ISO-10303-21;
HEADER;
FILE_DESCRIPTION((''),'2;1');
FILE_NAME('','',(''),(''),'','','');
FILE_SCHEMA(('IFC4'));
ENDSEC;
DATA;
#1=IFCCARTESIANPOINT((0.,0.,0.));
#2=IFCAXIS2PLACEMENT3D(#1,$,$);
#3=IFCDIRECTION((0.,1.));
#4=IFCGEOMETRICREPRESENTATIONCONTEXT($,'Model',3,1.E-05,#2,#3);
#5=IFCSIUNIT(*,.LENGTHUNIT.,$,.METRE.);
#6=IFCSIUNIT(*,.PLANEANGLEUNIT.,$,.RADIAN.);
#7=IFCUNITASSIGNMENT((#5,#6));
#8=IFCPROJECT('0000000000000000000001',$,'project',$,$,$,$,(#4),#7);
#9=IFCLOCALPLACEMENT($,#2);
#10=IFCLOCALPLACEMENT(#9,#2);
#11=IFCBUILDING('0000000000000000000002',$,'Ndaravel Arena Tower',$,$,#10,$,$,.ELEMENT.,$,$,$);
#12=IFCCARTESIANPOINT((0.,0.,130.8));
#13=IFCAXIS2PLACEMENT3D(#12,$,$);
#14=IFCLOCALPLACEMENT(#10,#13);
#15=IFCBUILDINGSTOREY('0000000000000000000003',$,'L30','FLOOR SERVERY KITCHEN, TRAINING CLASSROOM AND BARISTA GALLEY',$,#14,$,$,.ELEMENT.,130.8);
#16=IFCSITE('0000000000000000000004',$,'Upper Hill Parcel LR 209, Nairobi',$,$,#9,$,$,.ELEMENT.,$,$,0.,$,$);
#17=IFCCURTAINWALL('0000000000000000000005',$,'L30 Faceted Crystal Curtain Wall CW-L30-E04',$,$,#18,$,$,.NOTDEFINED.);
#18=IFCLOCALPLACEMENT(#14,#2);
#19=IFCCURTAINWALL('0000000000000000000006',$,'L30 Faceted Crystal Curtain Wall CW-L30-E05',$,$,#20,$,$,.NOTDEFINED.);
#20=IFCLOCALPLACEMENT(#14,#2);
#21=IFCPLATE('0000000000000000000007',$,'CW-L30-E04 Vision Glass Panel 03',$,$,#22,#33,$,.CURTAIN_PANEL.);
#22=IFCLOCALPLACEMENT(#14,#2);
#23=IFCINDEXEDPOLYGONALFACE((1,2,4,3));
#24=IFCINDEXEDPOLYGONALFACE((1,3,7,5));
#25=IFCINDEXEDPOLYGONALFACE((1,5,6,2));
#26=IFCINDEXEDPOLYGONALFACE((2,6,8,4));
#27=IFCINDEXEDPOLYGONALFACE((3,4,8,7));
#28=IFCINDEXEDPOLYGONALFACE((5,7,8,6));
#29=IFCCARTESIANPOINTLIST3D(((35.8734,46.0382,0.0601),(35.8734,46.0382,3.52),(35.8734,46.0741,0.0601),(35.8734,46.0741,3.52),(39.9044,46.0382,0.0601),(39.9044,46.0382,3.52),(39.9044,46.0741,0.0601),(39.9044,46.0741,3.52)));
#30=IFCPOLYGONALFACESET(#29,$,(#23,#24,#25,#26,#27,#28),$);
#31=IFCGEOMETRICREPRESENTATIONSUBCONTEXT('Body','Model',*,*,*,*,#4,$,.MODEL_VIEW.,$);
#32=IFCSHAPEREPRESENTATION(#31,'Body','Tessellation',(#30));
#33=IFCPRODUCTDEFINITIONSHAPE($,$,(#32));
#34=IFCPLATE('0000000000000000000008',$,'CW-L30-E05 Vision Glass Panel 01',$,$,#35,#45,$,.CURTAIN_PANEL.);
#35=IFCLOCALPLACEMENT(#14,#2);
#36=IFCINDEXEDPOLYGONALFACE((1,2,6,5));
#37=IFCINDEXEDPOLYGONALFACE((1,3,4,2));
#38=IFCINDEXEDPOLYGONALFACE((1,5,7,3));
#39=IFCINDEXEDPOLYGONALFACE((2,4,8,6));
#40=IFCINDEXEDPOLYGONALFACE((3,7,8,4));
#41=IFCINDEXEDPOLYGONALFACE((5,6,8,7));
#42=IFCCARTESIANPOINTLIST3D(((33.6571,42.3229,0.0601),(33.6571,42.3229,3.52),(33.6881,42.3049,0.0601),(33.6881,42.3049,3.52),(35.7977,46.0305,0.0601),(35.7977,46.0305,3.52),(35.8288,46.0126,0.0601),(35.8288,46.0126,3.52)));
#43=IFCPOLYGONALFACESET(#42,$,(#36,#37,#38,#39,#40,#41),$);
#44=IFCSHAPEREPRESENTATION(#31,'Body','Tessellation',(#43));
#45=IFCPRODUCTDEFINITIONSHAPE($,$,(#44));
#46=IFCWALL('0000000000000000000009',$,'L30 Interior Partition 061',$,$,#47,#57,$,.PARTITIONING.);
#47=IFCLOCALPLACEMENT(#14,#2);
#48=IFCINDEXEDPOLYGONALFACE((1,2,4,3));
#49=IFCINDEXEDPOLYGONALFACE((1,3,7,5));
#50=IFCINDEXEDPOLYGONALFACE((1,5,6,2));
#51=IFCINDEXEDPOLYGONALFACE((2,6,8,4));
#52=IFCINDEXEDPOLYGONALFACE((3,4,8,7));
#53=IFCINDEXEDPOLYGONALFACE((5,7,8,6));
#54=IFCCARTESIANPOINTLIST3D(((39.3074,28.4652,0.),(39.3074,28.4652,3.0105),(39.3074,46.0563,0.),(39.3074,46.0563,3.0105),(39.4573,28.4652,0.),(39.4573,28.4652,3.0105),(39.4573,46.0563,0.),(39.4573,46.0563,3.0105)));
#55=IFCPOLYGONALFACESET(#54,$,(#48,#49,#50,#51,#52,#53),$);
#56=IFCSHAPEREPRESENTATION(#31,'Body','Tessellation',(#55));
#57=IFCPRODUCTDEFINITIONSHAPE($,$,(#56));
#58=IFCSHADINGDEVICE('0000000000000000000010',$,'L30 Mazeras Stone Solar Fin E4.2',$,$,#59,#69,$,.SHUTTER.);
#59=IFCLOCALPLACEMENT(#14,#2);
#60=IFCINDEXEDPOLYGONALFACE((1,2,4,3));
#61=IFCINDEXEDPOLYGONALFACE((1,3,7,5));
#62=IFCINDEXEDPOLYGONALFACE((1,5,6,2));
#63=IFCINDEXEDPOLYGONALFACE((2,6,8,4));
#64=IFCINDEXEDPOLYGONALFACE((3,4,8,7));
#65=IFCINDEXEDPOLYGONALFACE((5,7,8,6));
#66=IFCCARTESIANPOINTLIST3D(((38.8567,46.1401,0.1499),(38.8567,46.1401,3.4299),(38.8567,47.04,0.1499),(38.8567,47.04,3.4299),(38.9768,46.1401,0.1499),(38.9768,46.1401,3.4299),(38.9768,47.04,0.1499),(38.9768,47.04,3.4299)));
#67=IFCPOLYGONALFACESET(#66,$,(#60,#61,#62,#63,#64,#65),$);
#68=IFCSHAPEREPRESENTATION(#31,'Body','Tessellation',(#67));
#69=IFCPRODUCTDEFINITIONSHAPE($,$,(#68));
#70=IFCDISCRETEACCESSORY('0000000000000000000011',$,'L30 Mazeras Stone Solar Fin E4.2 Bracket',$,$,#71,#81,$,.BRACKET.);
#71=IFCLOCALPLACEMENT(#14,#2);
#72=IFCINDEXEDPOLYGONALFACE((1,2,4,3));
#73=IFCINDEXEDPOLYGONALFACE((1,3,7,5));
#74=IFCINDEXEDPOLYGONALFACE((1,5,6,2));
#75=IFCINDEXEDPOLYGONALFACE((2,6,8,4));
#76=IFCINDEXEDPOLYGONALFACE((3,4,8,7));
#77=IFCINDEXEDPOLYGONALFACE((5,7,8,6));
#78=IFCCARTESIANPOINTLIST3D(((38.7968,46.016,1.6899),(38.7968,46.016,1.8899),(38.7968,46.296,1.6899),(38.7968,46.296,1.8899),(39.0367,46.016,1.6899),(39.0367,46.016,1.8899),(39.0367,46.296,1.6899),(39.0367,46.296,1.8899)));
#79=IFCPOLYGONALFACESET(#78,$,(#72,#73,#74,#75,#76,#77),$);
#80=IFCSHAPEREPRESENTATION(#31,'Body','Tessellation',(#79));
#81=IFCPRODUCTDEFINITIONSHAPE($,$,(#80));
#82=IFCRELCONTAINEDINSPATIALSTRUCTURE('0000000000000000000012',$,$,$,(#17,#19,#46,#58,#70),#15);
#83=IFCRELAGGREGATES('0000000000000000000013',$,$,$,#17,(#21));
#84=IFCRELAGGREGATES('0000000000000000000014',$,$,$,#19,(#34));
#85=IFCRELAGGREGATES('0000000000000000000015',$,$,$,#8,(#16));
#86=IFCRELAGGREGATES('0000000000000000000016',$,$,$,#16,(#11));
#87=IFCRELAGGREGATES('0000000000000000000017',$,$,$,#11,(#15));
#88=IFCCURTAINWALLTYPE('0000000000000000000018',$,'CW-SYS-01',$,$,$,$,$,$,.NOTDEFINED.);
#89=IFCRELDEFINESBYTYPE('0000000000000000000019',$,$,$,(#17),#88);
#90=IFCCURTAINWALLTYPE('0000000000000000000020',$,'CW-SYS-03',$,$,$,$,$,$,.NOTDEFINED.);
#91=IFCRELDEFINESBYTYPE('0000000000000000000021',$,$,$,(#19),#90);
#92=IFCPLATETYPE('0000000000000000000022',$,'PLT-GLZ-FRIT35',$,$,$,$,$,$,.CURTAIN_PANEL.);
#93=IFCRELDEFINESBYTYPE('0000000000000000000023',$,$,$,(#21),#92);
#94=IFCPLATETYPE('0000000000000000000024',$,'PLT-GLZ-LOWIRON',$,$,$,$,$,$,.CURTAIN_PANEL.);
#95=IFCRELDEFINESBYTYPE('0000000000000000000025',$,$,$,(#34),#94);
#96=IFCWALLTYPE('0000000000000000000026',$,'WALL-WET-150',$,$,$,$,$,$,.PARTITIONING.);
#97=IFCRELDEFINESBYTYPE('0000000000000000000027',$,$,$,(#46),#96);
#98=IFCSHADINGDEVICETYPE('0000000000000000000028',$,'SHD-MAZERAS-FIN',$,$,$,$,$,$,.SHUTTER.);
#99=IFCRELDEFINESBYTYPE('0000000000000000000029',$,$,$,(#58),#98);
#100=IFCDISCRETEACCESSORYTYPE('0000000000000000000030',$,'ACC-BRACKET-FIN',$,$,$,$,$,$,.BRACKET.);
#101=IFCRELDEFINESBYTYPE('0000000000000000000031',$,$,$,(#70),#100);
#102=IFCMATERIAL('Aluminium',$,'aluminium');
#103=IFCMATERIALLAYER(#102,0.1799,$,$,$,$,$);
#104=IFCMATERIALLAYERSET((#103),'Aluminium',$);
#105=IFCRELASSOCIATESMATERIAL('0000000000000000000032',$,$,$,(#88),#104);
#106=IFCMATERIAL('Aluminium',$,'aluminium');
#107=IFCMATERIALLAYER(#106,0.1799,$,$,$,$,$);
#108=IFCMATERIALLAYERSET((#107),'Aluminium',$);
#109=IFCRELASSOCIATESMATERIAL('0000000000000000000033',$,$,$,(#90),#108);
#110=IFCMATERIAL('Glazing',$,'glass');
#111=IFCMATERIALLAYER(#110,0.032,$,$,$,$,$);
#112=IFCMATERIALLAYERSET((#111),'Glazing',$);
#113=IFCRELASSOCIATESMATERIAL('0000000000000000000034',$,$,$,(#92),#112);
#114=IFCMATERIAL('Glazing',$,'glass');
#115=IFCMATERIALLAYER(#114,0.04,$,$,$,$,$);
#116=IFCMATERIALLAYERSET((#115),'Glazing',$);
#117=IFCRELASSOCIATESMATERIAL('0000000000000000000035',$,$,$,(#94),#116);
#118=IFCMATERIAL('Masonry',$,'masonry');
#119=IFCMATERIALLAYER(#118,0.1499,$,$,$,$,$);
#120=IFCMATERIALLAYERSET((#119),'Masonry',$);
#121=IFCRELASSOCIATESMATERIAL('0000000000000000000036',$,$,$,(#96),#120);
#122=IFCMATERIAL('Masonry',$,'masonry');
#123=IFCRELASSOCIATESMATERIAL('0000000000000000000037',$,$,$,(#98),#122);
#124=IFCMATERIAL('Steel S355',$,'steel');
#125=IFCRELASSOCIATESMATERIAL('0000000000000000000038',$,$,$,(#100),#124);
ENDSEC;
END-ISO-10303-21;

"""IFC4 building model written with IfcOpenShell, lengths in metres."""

from ifc_helpers import new_model, si_unit, direction, frame, frame_2d, origin, origin_2d, place, context, subcontext, project, spatial, rectangle, extrude, material, layer, layer_set, type_object, element, aggregate, save


model = new_model("IFC4")

# Units and contexts
model_context = context("Model", 3, precision=1e-05, world=origin(), true_north=direction((0.0, 1.0)))
body_context = subcontext(model_context, "Body", "Model", "MODEL_VIEW")
ifc_project = project(units=[si_unit("LENGTHUNIT", "METRE"), si_unit("PLANEANGLEUNIT", "RADIAN")], contexts=[model_context])

# Site, building, storey
site_placement = place(None, origin())
site = spatial("IfcSite", under=ifc_project, at=site_placement, Name="Upper Hill Parcel LR 209, Nairobi", CompositionType="ELEMENT", RefElevation=0.0)
building_placement = place(site_placement, origin())
building = spatial("IfcBuilding", under=site, at=building_placement, Name="Ndaravel Arena Tower", CompositionType="ELEMENT")
storey_placement = place(building_placement, frame((0.0, 0.0, 130.8)))
storey = spatial("IfcBuildingStorey", under=building, at=storey_placement, Name="L30", Description="FLOOR SERVERY KITCHEN, TRAINING CLASSROOM AND BARISTA GALLEY", CompositionType="ELEMENT", Elevation=130.8)

# Curtain wall
ifc_material_1 = material(Name="Aluminium", Category="aluminium")
ifc_layer_1 = layer(ifc_material_1, 0.1799)
ifc_layer_set_1 = layer_set([ifc_layer_1], Name="Aluminium")
curtain_wall_type_1 = type_object("IfcCurtainWallType", Name="CW-SYS-01", PredefinedType="NOTDEFINED", material=ifc_layer_set_1)
curtain_wall_1_placement = place(storey_placement, origin())
curtain_wall_1 = element("IfcCurtainWall", 1, at=curtain_wall_1_placement, inside=storey, type_object=curtain_wall_type_1, Name="L30 Faceted Crystal Curtain Wall CW-L30-E04", PredefinedType="NOTDEFINED")

# Curtain wall
ifc_material_2 = material(Name="Aluminium", Category="aluminium")
ifc_layer_2 = layer(ifc_material_2, 0.1799)
ifc_layer_set_2 = layer_set([ifc_layer_2], Name="Aluminium")
curtain_wall_type_2 = type_object("IfcCurtainWallType", Name="CW-SYS-03", PredefinedType="NOTDEFINED", material=ifc_layer_set_2)
curtain_wall_2_placement = place(storey_placement, origin())
curtain_wall_2 = element("IfcCurtainWall", 2, at=curtain_wall_2_placement, inside=storey, type_object=curtain_wall_type_2, Name="L30 Faceted Crystal Curtain Wall CW-L30-E05", PredefinedType="NOTDEFINED")

# Plates
ifc_material_3 = material(Name="Glazing", Category="glass")
ifc_layer_3 = layer(ifc_material_3, 0.032)
ifc_layer_set_3 = layer_set([ifc_layer_3], Name="Glazing")
plate_type_1 = type_object("IfcPlateType", Name="PLT-GLZ-FRIT35", PredefinedType="CURTAIN_PANEL", material=ifc_layer_set_3)
plate_1_placement = place(storey_placement, frame((37.8889, 46.0562, 0.0601), z_axis=(0.0, 0.0, 1.0), x_axis=(-1.0, 0.0, 0.0)))
plate_1 = element("IfcPlate", 3, at=plate_1_placement, type_object=plate_type_1, Name="CW-L30-E04 Vision Glass Panel 03", PredefinedType="CURTAIN_PANEL", context=body_context, shape_type="SweptSolid", body=[
    extrude(rectangle(XDim=4.031, YDim=0.0359, at=origin_2d()), origin(), (0.0, 0.0, 1.0), 3.46),
])
aggregate(curtain_wall_1, [plate_1])
ifc_material_4 = material(Name="Glazing", Category="glass")
ifc_layer_4 = layer(ifc_material_4, 0.04)
ifc_layer_set_4 = layer_set([ifc_layer_4], Name="Glazing")
plate_type_2 = type_object("IfcPlateType", Name="PLT-GLZ-LOWIRON", PredefinedType="CURTAIN_PANEL", material=ifc_layer_set_4)
plate_2_placement = place(storey_placement, frame((34.7429, 44.1677, 0.0601), z_axis=(0.0, 0.0, 1.0), x_axis=(-0.5, -0.866025, 0.0)))
plate_2 = element("IfcPlate", 4, at=plate_2_placement, type_object=plate_type_2, Name="CW-L30-E05 Vision Glass Panel 01", PredefinedType="CURTAIN_PANEL", context=body_context, shape_type="SweptSolid", body=[
    extrude(rectangle(XDim=4.2812, YDim=0.0359, at=origin_2d()), origin(), (0.0, 0.0, 1.0), 3.46),
])
aggregate(curtain_wall_2, [plate_2])

# Wall
ifc_material_5 = material(Name="Masonry", Category="masonry")
ifc_layer_5 = layer(ifc_material_5, 0.1499)
ifc_layer_set_5 = layer_set([ifc_layer_5], Name="Masonry")
wall_type = type_object("IfcWallType", Name="WALL-WET-150", PredefinedType="PARTITIONING", material=ifc_layer_set_5)
wall_placement = place(storey_placement, frame((39.3823, 46.0562, 0.0), z_axis=(0.0, 0.0, 1.0), x_axis=(0.0, -1.0, 0.0)))
element("IfcWall", 5, at=wall_placement, inside=storey, type_object=wall_type, Name="L30 Interior Partition 061", PredefinedType="PARTITIONING", context=body_context, shape_type="SweptSolid", body=[
    extrude(rectangle(XDim=17.5911, YDim=0.1499, at=frame_2d((8.7954, 0.0))), origin(), (0.0, 0.0, 1.0), 3.0105),
])

# Shading device
ifc_material_6 = material(Name="Masonry", Category="masonry")
shading_device_type = type_object("IfcShadingDeviceType", Name="SHD-MAZERAS-FIN", PredefinedType="SHUTTER", material=ifc_material_6)
shading_device_placement = place(storey_placement, frame((38.9167, 46.5901, 0.1499), z_axis=(0.0, 0.0, 1.0), x_axis=(0.0, 1.0, 0.0)))
element("IfcShadingDevice", 6, at=shading_device_placement, inside=storey, type_object=shading_device_type, Name="L30 Mazeras Stone Solar Fin E4.2", PredefinedType="SHUTTER", context=body_context, shape_type="SweptSolid", body=[
    extrude(rectangle(XDim=0.8999, YDim=0.1201, at=origin_2d()), origin(), (0.0, 0.0, 1.0), 3.28),
])

# Discrete accessory
ifc_material_7 = material(Name="Steel S355", Category="steel")
discrete_accessory_type = type_object("IfcDiscreteAccessoryType", Name="ACC-BRACKET-FIN", PredefinedType="BRACKET", material=ifc_material_7)
discrete_accessory_placement = place(storey_placement, frame((38.9167, 46.156, 1.6899), z_axis=(0.0, 0.0, 1.0), x_axis=(0.0, 1.0, 0.0)))
element("IfcDiscreteAccessory", 7, at=discrete_accessory_placement, inside=storey, type_object=discrete_accessory_type, Name="L30 Mazeras Stone Solar Fin E4.2 Bracket", PredefinedType="BRACKET", context=body_context, shape_type="SweptSolid", body=[
    extrude(rectangle(XDim=0.28, YDim=0.24, at=origin_2d()), origin(), (0.0, 0.0, 1.0), 0.2),
])

save(model, "model.ifc")
